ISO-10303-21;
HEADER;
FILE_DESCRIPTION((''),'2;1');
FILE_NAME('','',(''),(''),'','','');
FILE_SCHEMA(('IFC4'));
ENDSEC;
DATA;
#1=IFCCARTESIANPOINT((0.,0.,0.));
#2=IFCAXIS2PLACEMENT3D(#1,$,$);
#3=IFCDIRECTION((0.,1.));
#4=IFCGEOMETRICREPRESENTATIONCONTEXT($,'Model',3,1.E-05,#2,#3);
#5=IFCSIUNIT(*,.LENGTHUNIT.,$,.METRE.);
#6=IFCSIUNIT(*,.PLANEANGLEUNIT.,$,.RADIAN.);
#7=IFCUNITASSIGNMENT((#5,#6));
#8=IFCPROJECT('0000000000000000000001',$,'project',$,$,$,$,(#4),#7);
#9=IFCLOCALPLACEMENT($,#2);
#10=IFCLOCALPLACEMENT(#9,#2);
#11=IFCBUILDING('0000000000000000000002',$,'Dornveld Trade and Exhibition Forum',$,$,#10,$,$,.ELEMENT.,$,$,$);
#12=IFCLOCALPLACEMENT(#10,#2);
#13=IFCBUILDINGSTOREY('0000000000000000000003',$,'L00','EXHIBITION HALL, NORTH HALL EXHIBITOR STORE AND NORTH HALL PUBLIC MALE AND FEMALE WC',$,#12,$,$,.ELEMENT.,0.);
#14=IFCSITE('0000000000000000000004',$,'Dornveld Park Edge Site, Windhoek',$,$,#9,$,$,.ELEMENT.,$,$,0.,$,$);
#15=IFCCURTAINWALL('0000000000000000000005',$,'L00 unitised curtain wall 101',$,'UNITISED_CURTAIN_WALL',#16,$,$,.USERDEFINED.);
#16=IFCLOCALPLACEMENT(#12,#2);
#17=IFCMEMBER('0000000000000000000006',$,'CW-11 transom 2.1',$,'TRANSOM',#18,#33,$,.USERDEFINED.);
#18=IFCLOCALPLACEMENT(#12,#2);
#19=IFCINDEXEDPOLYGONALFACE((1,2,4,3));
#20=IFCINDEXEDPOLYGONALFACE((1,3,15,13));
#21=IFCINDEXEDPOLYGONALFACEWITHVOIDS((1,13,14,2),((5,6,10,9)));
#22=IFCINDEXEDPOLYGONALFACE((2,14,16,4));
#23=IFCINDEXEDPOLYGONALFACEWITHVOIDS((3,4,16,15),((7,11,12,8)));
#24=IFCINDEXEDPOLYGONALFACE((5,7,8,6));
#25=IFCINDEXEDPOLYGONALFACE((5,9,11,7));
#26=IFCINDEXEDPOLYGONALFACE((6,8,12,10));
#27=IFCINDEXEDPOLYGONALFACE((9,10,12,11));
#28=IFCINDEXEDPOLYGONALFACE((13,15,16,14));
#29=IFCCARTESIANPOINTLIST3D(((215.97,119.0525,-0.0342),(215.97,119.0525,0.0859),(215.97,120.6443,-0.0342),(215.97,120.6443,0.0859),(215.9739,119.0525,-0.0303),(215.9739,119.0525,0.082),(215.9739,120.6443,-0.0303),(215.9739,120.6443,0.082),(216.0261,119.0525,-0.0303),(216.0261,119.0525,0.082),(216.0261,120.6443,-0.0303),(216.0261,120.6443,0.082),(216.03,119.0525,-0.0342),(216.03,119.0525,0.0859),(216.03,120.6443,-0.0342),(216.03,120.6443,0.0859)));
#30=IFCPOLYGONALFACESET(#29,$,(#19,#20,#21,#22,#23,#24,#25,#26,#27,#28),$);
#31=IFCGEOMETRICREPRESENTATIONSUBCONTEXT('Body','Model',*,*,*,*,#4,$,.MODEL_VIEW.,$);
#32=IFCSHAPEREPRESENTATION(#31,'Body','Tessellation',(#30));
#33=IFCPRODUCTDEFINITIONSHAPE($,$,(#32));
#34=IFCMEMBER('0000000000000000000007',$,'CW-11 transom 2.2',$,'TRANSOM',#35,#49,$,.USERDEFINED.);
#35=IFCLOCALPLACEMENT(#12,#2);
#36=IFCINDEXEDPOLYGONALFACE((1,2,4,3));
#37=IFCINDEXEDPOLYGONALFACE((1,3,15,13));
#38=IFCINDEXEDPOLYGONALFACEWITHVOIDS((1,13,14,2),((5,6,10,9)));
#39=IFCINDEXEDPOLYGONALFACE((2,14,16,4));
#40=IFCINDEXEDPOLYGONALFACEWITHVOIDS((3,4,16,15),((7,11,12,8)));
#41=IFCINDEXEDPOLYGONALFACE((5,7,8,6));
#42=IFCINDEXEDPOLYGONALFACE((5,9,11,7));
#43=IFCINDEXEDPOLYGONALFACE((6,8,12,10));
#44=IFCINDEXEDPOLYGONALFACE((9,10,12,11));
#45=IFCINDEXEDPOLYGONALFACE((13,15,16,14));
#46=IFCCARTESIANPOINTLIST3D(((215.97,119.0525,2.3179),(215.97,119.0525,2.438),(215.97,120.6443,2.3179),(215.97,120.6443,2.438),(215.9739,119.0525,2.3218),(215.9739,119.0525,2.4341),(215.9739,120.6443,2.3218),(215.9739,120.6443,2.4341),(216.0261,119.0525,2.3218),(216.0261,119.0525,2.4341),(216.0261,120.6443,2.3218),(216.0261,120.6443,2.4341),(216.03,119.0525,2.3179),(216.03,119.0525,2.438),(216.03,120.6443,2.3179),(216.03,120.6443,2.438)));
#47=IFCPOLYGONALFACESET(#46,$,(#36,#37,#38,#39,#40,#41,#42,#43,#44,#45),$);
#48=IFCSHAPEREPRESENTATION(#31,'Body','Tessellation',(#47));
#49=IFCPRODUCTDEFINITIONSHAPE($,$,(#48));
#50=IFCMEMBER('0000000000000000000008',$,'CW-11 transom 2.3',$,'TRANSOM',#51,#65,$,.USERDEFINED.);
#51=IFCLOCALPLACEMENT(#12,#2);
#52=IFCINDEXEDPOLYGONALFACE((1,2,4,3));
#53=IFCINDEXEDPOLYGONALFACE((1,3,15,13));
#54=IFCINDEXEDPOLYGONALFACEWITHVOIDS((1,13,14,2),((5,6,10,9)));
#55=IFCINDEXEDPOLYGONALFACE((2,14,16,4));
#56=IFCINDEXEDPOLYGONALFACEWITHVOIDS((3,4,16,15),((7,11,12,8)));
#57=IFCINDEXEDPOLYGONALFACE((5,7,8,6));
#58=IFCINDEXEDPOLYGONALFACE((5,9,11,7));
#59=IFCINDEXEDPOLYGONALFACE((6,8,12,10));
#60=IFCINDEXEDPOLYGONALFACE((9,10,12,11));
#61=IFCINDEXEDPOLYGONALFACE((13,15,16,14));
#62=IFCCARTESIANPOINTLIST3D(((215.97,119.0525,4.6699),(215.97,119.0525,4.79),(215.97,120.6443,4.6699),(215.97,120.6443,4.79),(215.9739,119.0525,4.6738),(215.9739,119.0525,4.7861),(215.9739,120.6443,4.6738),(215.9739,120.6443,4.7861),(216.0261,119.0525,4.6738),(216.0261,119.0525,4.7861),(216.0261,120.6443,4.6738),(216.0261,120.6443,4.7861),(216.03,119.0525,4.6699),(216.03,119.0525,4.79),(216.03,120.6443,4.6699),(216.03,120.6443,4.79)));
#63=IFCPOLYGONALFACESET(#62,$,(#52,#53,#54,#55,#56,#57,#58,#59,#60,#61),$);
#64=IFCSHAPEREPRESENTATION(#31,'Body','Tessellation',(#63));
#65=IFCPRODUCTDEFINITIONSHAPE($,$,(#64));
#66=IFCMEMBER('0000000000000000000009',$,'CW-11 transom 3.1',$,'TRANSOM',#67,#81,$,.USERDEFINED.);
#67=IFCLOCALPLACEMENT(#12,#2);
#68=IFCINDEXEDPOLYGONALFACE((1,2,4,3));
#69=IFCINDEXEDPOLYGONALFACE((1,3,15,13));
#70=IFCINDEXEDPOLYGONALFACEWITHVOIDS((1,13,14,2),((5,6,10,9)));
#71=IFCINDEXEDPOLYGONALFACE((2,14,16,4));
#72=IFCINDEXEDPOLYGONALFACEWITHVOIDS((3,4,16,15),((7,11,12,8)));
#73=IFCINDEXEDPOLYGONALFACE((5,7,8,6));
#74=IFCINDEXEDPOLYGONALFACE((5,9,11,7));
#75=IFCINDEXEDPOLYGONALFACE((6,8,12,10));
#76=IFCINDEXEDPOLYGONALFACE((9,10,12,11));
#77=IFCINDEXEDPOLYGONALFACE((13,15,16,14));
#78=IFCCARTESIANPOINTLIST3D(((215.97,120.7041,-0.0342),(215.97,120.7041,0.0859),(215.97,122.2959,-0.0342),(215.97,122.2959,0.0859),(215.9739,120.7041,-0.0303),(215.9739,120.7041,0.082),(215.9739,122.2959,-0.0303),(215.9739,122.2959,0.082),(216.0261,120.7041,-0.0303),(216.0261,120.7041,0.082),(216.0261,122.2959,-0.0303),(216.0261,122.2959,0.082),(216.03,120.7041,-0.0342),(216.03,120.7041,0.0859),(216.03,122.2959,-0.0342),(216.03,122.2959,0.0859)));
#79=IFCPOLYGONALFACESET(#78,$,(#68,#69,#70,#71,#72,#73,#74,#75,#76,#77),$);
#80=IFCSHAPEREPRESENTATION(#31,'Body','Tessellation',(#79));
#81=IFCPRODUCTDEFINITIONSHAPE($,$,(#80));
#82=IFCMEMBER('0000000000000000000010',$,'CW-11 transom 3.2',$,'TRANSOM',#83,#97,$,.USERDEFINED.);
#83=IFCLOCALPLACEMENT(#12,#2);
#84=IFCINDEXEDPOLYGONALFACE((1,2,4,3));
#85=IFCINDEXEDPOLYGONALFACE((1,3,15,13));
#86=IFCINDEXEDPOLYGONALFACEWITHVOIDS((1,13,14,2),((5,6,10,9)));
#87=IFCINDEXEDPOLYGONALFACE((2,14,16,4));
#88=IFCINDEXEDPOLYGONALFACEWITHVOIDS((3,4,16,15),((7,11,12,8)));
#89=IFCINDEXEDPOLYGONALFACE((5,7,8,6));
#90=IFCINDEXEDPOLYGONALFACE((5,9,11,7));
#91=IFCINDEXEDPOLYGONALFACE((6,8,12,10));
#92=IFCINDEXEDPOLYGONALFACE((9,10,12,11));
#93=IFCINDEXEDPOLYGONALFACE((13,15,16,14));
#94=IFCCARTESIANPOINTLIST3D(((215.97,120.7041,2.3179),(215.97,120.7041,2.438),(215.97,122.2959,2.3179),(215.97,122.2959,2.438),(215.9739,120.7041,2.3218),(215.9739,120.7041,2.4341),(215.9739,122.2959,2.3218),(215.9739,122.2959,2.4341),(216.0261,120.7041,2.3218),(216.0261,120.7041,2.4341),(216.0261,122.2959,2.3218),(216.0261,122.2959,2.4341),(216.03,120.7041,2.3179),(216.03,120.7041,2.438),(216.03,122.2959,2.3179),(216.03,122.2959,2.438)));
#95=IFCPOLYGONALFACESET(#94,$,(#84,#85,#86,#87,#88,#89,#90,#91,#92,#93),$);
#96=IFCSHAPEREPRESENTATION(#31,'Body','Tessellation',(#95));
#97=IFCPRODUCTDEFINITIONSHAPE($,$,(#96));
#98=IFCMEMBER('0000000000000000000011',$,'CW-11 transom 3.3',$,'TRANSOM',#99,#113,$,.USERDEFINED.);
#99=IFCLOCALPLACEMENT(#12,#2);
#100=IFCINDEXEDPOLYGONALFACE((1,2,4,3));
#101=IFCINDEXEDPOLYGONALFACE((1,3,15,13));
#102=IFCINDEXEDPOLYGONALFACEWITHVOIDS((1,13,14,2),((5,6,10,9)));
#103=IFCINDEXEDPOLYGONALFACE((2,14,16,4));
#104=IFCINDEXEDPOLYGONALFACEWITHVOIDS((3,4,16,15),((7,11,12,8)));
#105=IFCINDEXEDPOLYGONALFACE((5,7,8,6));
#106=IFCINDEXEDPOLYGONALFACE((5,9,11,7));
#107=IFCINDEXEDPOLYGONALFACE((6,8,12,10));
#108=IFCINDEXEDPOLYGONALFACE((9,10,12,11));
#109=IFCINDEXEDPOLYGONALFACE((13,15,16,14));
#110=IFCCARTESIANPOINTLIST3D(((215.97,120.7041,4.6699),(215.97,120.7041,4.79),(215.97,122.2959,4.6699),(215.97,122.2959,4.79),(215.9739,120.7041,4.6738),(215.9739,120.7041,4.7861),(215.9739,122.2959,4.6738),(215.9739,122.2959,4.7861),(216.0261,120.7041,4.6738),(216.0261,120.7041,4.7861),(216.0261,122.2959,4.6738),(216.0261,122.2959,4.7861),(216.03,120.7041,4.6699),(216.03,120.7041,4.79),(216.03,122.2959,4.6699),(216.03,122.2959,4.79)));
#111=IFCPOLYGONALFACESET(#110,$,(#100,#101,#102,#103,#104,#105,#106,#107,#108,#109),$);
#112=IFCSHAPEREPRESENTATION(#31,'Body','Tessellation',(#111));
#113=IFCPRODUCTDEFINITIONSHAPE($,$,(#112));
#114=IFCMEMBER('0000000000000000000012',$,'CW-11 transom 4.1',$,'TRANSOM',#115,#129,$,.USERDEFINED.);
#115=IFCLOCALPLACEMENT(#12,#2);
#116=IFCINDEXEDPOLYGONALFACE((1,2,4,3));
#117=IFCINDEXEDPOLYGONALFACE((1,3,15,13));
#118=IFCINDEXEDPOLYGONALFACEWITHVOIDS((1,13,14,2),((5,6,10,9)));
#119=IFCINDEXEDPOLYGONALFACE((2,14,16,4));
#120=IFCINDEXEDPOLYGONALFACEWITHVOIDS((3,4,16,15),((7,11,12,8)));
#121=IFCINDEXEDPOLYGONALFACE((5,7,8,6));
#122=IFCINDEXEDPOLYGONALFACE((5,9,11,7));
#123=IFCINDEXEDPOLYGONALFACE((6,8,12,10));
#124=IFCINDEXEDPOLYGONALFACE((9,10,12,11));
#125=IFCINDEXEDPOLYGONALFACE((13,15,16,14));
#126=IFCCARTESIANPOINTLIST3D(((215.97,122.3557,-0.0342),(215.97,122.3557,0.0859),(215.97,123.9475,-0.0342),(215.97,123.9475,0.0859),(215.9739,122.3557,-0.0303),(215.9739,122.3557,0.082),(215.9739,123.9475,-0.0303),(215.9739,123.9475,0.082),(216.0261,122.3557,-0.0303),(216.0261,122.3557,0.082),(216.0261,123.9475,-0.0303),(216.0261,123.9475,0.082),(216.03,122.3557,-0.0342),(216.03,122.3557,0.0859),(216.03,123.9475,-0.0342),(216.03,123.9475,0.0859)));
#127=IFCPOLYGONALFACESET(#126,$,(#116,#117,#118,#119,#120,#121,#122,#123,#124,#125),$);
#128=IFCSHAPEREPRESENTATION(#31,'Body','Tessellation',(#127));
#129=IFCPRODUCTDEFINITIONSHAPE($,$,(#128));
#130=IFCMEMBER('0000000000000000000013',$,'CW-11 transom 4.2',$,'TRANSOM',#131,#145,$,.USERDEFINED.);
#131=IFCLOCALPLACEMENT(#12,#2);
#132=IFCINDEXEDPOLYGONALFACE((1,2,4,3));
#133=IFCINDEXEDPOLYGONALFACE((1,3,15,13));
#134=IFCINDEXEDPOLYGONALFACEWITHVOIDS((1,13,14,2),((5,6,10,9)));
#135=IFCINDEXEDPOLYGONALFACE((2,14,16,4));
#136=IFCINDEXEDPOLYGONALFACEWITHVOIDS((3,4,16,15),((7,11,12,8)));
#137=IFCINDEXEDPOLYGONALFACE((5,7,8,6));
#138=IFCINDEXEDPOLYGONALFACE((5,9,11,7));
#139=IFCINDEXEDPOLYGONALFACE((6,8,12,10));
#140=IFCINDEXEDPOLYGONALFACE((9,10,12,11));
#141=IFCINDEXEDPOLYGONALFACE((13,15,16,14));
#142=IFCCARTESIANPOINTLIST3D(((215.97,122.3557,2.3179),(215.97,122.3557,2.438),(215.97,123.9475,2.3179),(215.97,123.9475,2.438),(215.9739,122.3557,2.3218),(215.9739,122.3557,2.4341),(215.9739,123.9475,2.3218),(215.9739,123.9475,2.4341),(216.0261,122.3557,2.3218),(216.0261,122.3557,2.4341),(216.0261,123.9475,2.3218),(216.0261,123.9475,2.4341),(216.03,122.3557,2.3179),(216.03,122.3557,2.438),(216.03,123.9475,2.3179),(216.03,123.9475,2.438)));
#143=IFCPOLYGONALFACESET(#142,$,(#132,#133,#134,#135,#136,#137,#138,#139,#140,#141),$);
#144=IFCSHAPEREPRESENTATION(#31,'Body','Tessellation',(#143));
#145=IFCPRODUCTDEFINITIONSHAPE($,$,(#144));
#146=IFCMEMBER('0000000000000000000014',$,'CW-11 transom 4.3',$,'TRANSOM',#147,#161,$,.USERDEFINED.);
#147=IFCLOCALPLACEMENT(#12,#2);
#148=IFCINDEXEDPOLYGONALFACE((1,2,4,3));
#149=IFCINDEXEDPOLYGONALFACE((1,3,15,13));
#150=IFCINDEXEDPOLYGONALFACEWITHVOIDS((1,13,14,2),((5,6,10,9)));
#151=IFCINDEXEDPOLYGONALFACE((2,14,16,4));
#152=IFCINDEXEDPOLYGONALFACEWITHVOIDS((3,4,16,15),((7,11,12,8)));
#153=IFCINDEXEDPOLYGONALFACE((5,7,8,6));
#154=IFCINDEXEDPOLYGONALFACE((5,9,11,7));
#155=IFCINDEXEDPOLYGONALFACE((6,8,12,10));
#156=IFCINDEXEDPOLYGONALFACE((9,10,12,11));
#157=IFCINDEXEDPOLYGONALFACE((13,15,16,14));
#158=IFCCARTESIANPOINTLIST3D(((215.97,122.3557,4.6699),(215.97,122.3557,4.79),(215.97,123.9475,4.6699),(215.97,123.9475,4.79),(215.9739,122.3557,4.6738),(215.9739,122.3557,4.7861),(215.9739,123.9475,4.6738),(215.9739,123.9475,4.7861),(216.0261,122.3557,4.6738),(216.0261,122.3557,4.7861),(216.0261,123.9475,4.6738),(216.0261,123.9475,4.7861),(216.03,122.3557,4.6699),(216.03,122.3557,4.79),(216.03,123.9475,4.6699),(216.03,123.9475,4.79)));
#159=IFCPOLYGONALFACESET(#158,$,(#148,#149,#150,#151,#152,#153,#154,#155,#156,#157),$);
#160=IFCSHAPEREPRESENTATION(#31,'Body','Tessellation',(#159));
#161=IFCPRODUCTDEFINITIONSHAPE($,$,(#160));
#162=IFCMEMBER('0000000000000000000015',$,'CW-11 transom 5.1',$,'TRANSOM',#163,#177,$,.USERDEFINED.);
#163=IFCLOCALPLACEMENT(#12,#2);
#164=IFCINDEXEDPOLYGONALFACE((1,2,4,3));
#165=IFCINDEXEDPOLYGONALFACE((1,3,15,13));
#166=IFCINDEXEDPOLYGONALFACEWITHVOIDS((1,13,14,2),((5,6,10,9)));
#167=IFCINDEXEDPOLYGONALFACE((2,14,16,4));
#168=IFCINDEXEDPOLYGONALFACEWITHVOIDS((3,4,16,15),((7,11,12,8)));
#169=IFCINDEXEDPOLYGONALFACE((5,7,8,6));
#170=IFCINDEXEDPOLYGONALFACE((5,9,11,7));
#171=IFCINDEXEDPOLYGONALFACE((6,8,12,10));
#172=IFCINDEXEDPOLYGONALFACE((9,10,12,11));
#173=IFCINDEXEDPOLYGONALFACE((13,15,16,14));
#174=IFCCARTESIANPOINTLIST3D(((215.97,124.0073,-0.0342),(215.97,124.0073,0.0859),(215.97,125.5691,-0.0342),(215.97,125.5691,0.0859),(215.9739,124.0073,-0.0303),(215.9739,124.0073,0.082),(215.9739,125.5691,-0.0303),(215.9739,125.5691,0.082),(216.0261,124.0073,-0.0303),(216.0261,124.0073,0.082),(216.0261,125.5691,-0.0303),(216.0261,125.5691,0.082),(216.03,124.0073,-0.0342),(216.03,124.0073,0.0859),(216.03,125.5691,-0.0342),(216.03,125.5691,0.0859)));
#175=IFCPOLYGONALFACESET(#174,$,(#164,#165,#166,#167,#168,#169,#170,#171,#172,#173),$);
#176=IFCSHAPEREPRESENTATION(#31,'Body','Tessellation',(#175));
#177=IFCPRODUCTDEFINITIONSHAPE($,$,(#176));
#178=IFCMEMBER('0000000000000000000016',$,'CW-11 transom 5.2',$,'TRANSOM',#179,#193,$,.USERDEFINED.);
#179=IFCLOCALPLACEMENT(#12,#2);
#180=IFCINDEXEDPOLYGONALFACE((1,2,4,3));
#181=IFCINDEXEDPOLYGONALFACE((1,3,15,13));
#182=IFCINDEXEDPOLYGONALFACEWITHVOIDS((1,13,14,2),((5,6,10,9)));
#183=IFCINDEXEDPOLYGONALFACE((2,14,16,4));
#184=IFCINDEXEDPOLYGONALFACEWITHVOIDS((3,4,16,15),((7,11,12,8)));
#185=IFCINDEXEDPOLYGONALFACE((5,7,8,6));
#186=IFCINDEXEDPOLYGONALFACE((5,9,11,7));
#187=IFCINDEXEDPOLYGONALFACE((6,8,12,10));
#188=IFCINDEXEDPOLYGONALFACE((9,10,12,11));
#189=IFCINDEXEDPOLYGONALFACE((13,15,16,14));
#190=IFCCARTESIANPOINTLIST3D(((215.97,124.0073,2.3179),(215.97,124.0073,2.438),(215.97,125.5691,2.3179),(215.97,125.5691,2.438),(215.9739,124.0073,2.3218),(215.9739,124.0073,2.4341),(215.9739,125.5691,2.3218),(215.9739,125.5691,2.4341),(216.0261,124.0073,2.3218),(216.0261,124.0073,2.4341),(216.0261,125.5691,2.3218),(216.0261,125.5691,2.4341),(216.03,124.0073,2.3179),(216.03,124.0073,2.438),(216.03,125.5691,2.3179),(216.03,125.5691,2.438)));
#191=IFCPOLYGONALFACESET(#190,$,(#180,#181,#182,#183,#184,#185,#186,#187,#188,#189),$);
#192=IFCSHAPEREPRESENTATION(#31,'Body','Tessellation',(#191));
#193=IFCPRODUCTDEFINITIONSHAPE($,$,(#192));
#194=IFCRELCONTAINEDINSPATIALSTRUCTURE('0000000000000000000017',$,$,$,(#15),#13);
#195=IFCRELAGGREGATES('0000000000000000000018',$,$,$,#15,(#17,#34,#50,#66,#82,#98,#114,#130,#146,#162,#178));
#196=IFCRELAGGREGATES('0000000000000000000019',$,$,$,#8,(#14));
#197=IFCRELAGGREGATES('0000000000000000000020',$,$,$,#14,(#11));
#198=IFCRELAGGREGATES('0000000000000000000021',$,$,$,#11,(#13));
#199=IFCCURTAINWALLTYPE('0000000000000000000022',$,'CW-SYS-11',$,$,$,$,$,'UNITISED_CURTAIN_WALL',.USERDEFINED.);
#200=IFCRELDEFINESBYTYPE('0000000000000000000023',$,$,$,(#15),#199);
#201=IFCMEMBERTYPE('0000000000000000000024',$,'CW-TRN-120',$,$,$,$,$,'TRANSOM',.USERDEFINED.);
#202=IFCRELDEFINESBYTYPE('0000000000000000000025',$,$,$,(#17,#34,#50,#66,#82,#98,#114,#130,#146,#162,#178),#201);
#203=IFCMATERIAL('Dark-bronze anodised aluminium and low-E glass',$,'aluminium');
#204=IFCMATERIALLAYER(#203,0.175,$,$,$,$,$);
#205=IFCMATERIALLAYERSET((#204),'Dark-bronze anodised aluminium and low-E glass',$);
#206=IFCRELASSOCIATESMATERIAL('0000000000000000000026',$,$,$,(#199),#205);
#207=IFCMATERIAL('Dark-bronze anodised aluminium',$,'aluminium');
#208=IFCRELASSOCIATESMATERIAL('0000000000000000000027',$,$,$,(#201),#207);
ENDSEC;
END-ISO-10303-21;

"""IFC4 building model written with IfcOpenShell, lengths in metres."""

from ifc_helpers import new_model, si_unit, direction, frame, origin, origin_2d, place, context, subcontext, project, spatial, hollow_rectangle, extrude, material, layer, layer_set, material_profile, profile_set, type_object, element, aggregate, save


model = new_model("IFC4")

# Units and contexts
model_context = context("Model", 3, precision=1e-05, world=origin(), true_north=direction((0.0, 1.0)))
body_context = subcontext(model_context, "Body", "Model", "MODEL_VIEW")
ifc_project = project(units=[si_unit("LENGTHUNIT", "METRE"), si_unit("PLANEANGLEUNIT", "RADIAN")], contexts=[model_context])

# Site, building, storey
site_placement = place(None, origin())
site = spatial("IfcSite", under=ifc_project, at=site_placement, Name="Dornveld Park Edge Site, Windhoek", CompositionType="ELEMENT", RefElevation=0.0)
building_placement = place(site_placement, origin())
building = spatial("IfcBuilding", under=site, at=building_placement, Name="Dornveld Trade and Exhibition Forum", CompositionType="ELEMENT")
storey_placement = place(building_placement, origin())
storey = spatial("IfcBuildingStorey", under=building, at=storey_placement, Name="L00", Description="EXHIBITION HALL, NORTH HALL EXHIBITOR STORE AND NORTH HALL PUBLIC MALE AND FEMALE WC", CompositionType="ELEMENT", Elevation=0.0)

# Curtain wall, members
ifc_material_1 = material(Name="Dark-bronze anodised aluminium and low-E glass", Category="aluminium")
ifc_layer_1 = layer(ifc_material_1, 0.175)
ifc_layer_set_1 = layer_set([ifc_layer_1], Name="Dark-bronze anodised aluminium and low-E glass")
curtain_wall_type = type_object("IfcCurtainWallType", Name="CW-SYS-11", ElementType="UNITISED_CURTAIN_WALL", PredefinedType="USERDEFINED", material=ifc_layer_set_1)
curtain_wall_placement = place(storey_placement, origin())
curtain_wall = element("IfcCurtainWall", 1, at=curtain_wall_placement, inside=storey, type_object=curtain_wall_type, Name="L00 unitised curtain wall 101", ObjectType="UNITISED_CURTAIN_WALL", PredefinedType="USERDEFINED")
ifc_material_2 = material(Name="Dark-bronze anodised aluminium", Category="aluminium")
ifc_material_profile_1 = material_profile(ifc_material_2, hollow_rectangle(XDim=0.0601, YDim=0.1201, WallThickness=0.0039, at=origin_2d()), Name="RHS 120x60x4")
ifc_profile_set_1 = profile_set([ifc_material_profile_1], Name="Dark-bronze anodised aluminium")
member_type_1 = type_object("IfcMemberType", Name="CW-TRN-120", ElementType="TRANSOM", PredefinedType="USERDEFINED", material=ifc_profile_set_1)
member_1_placement = place(storey_placement, frame((216.0, 119.0525, 0.0259), z_axis=(0.0, 1.0, 0.0), x_axis=(-1.0, 0.0, 0.0)))
member_1 = element("IfcMember", 2, at=member_1_placement, type_object=member_type_1, Name="CW-11 transom 2.1", ObjectType="TRANSOM", PredefinedType="USERDEFINED", context=body_context, shape_type="SweptSolid", body=[
    extrude(hollow_rectangle(XDim=0.0601, YDim=0.1201, WallThickness=0.0039, at=origin_2d()), origin(), (0.0, 0.0, 1.0), 1.5918),
])
member_2_placement = place(storey_placement, frame((216.0, 119.0525, 2.3779), z_axis=(0.0, 1.0, 0.0), x_axis=(-1.0, 0.0, 0.0)))
member_2 = element("IfcMember", 3, at=member_2_placement, type_object=member_type_1, Name="CW-11 transom 2.2", ObjectType="TRANSOM", PredefinedType="USERDEFINED", context=body_context, shape_type="SweptSolid", body=[
    extrude(hollow_rectangle(XDim=0.0601, YDim=0.1201, WallThickness=0.0039, at=origin_2d()), origin(), (0.0, 0.0, 1.0), 1.5918),
])
member_3_placement = place(storey_placement, frame((216.0, 119.0525, 4.73), z_axis=(0.0, 1.0, 0.0), x_axis=(-1.0, 0.0, 0.0)))
member_3 = element("IfcMember", 4, at=member_3_placement, type_object=member_type_1, Name="CW-11 transom 2.3", ObjectType="TRANSOM", PredefinedType="USERDEFINED", context=body_context, shape_type="SweptSolid", body=[
    extrude(hollow_rectangle(XDim=0.0601, YDim=0.1201, WallThickness=0.0039, at=origin_2d()), origin(), (0.0, 0.0, 1.0), 1.5918),
])
member_4_placement = place(storey_placement, frame((216.0, 120.7041, 0.0259), z_axis=(0.0, 1.0, 0.0), x_axis=(-1.0, 0.0, 0.0)))
member_4 = element("IfcMember", 5, at=member_4_placement, type_object=member_type_1, Name="CW-11 transom 3.1", ObjectType="TRANSOM", PredefinedType="USERDEFINED", context=body_context, shape_type="SweptSolid", body=[
    extrude(hollow_rectangle(XDim=0.0601, YDim=0.1201, WallThickness=0.0039, at=origin_2d()), origin(), (0.0, 0.0, 1.0), 1.5918),
])
member_5_placement = place(storey_placement, frame((216.0, 120.7041, 2.3779), z_axis=(0.0, 1.0, 0.0), x_axis=(-1.0, 0.0, 0.0)))
member_5 = element("IfcMember", 6, at=member_5_placement, type_object=member_type_1, Name="CW-11 transom 3.2", ObjectType="TRANSOM", PredefinedType="USERDEFINED", context=body_context, shape_type="SweptSolid", body=[
    extrude(hollow_rectangle(XDim=0.0601, YDim=0.1201, WallThickness=0.0039, at=origin_2d()), origin(), (0.0, 0.0, 1.0), 1.5918),
])
member_6_placement = place(storey_placement, frame((216.0, 120.7041, 4.73), z_axis=(0.0, 1.0, 0.0), x_axis=(-1.0, 0.0, 0.0)))
member_6 = element("IfcMember", 7, at=member_6_placement, type_object=member_type_1, Name="CW-11 transom 3.3", ObjectType="TRANSOM", PredefinedType="USERDEFINED", context=body_context, shape_type="SweptSolid", body=[
    extrude(hollow_rectangle(XDim=0.0601, YDim=0.1201, WallThickness=0.0039, at=origin_2d()), origin(), (0.0, 0.0, 1.0), 1.5918),
])
member_7_placement = place(storey_placement, frame((216.0, 122.3557, 0.0259), z_axis=(0.0, 1.0, 0.0), x_axis=(-1.0, 0.0, 0.0)))
member_7 = element("IfcMember", 8, at=member_7_placement, type_object=member_type_1, Name="CW-11 transom 4.1", ObjectType="TRANSOM", PredefinedType="USERDEFINED", context=body_context, shape_type="SweptSolid", body=[
    extrude(hollow_rectangle(XDim=0.0601, YDim=0.1201, WallThickness=0.0039, at=origin_2d()), origin(), (0.0, 0.0, 1.0), 1.5918),
])
member_8_placement = place(storey_placement, frame((216.0, 122.3557, 2.3779), z_axis=(0.0, 1.0, 0.0), x_axis=(-1.0, 0.0, 0.0)))
member_8 = element("IfcMember", 9, at=member_8_placement, type_object=member_type_1, Name="CW-11 transom 4.2", ObjectType="TRANSOM", PredefinedType="USERDEFINED", context=body_context, shape_type="SweptSolid", body=[
    extrude(hollow_rectangle(XDim=0.0601, YDim=0.1201, WallThickness=0.0039, at=origin_2d()), origin(), (0.0, 0.0, 1.0), 1.5918),
])
member_9_placement = place(storey_placement, frame((216.0, 122.3557, 4.73), z_axis=(0.0, 1.0, 0.0), x_axis=(-1.0, 0.0, 0.0)))
member_9 = element("IfcMember", 10, at=member_9_placement, type_object=member_type_1, Name="CW-11 transom 4.3", ObjectType="TRANSOM", PredefinedType="USERDEFINED", context=body_context, shape_type="SweptSolid", body=[
    extrude(hollow_rectangle(XDim=0.0601, YDim=0.1201, WallThickness=0.0039, at=origin_2d()), origin(), (0.0, 0.0, 1.0), 1.5918),
])
member_10_placement = place(storey_placement, frame((216.0, 124.0073, 0.0259), z_axis=(0.0, 1.0, 0.0), x_axis=(-1.0, 0.0, 0.0)))
member_10 = element("IfcMember", 11, at=member_10_placement, type_object=member_type_1, Name="CW-11 transom 5.1", ObjectType="TRANSOM", PredefinedType="USERDEFINED", context=body_context, shape_type="SweptSolid", body=[
    extrude(hollow_rectangle(XDim=0.0601, YDim=0.1201, WallThickness=0.0039, at=origin_2d()), origin(), (0.0, 0.0, 1.0), 1.5618),
])
member_11_placement = place(storey_placement, frame((216.0, 124.0073, 2.3779), z_axis=(0.0, 1.0, 0.0), x_axis=(-1.0, 0.0, 0.0)))
member_11 = element("IfcMember", 12, at=member_11_placement, type_object=member_type_1, Name="CW-11 transom 5.2", ObjectType="TRANSOM", PredefinedType="USERDEFINED", context=body_context, shape_type="SweptSolid", body=[
    extrude(hollow_rectangle(XDim=0.0601, YDim=0.1201, WallThickness=0.0039, at=origin_2d()), origin(), (0.0, 0.0, 1.0), 1.5618),
])
aggregate(curtain_wall, [member_1, member_2, member_3, member_4, member_5, member_6, member_7, member_8, member_9, member_10, member_11])

save(model, "model.ifc")
